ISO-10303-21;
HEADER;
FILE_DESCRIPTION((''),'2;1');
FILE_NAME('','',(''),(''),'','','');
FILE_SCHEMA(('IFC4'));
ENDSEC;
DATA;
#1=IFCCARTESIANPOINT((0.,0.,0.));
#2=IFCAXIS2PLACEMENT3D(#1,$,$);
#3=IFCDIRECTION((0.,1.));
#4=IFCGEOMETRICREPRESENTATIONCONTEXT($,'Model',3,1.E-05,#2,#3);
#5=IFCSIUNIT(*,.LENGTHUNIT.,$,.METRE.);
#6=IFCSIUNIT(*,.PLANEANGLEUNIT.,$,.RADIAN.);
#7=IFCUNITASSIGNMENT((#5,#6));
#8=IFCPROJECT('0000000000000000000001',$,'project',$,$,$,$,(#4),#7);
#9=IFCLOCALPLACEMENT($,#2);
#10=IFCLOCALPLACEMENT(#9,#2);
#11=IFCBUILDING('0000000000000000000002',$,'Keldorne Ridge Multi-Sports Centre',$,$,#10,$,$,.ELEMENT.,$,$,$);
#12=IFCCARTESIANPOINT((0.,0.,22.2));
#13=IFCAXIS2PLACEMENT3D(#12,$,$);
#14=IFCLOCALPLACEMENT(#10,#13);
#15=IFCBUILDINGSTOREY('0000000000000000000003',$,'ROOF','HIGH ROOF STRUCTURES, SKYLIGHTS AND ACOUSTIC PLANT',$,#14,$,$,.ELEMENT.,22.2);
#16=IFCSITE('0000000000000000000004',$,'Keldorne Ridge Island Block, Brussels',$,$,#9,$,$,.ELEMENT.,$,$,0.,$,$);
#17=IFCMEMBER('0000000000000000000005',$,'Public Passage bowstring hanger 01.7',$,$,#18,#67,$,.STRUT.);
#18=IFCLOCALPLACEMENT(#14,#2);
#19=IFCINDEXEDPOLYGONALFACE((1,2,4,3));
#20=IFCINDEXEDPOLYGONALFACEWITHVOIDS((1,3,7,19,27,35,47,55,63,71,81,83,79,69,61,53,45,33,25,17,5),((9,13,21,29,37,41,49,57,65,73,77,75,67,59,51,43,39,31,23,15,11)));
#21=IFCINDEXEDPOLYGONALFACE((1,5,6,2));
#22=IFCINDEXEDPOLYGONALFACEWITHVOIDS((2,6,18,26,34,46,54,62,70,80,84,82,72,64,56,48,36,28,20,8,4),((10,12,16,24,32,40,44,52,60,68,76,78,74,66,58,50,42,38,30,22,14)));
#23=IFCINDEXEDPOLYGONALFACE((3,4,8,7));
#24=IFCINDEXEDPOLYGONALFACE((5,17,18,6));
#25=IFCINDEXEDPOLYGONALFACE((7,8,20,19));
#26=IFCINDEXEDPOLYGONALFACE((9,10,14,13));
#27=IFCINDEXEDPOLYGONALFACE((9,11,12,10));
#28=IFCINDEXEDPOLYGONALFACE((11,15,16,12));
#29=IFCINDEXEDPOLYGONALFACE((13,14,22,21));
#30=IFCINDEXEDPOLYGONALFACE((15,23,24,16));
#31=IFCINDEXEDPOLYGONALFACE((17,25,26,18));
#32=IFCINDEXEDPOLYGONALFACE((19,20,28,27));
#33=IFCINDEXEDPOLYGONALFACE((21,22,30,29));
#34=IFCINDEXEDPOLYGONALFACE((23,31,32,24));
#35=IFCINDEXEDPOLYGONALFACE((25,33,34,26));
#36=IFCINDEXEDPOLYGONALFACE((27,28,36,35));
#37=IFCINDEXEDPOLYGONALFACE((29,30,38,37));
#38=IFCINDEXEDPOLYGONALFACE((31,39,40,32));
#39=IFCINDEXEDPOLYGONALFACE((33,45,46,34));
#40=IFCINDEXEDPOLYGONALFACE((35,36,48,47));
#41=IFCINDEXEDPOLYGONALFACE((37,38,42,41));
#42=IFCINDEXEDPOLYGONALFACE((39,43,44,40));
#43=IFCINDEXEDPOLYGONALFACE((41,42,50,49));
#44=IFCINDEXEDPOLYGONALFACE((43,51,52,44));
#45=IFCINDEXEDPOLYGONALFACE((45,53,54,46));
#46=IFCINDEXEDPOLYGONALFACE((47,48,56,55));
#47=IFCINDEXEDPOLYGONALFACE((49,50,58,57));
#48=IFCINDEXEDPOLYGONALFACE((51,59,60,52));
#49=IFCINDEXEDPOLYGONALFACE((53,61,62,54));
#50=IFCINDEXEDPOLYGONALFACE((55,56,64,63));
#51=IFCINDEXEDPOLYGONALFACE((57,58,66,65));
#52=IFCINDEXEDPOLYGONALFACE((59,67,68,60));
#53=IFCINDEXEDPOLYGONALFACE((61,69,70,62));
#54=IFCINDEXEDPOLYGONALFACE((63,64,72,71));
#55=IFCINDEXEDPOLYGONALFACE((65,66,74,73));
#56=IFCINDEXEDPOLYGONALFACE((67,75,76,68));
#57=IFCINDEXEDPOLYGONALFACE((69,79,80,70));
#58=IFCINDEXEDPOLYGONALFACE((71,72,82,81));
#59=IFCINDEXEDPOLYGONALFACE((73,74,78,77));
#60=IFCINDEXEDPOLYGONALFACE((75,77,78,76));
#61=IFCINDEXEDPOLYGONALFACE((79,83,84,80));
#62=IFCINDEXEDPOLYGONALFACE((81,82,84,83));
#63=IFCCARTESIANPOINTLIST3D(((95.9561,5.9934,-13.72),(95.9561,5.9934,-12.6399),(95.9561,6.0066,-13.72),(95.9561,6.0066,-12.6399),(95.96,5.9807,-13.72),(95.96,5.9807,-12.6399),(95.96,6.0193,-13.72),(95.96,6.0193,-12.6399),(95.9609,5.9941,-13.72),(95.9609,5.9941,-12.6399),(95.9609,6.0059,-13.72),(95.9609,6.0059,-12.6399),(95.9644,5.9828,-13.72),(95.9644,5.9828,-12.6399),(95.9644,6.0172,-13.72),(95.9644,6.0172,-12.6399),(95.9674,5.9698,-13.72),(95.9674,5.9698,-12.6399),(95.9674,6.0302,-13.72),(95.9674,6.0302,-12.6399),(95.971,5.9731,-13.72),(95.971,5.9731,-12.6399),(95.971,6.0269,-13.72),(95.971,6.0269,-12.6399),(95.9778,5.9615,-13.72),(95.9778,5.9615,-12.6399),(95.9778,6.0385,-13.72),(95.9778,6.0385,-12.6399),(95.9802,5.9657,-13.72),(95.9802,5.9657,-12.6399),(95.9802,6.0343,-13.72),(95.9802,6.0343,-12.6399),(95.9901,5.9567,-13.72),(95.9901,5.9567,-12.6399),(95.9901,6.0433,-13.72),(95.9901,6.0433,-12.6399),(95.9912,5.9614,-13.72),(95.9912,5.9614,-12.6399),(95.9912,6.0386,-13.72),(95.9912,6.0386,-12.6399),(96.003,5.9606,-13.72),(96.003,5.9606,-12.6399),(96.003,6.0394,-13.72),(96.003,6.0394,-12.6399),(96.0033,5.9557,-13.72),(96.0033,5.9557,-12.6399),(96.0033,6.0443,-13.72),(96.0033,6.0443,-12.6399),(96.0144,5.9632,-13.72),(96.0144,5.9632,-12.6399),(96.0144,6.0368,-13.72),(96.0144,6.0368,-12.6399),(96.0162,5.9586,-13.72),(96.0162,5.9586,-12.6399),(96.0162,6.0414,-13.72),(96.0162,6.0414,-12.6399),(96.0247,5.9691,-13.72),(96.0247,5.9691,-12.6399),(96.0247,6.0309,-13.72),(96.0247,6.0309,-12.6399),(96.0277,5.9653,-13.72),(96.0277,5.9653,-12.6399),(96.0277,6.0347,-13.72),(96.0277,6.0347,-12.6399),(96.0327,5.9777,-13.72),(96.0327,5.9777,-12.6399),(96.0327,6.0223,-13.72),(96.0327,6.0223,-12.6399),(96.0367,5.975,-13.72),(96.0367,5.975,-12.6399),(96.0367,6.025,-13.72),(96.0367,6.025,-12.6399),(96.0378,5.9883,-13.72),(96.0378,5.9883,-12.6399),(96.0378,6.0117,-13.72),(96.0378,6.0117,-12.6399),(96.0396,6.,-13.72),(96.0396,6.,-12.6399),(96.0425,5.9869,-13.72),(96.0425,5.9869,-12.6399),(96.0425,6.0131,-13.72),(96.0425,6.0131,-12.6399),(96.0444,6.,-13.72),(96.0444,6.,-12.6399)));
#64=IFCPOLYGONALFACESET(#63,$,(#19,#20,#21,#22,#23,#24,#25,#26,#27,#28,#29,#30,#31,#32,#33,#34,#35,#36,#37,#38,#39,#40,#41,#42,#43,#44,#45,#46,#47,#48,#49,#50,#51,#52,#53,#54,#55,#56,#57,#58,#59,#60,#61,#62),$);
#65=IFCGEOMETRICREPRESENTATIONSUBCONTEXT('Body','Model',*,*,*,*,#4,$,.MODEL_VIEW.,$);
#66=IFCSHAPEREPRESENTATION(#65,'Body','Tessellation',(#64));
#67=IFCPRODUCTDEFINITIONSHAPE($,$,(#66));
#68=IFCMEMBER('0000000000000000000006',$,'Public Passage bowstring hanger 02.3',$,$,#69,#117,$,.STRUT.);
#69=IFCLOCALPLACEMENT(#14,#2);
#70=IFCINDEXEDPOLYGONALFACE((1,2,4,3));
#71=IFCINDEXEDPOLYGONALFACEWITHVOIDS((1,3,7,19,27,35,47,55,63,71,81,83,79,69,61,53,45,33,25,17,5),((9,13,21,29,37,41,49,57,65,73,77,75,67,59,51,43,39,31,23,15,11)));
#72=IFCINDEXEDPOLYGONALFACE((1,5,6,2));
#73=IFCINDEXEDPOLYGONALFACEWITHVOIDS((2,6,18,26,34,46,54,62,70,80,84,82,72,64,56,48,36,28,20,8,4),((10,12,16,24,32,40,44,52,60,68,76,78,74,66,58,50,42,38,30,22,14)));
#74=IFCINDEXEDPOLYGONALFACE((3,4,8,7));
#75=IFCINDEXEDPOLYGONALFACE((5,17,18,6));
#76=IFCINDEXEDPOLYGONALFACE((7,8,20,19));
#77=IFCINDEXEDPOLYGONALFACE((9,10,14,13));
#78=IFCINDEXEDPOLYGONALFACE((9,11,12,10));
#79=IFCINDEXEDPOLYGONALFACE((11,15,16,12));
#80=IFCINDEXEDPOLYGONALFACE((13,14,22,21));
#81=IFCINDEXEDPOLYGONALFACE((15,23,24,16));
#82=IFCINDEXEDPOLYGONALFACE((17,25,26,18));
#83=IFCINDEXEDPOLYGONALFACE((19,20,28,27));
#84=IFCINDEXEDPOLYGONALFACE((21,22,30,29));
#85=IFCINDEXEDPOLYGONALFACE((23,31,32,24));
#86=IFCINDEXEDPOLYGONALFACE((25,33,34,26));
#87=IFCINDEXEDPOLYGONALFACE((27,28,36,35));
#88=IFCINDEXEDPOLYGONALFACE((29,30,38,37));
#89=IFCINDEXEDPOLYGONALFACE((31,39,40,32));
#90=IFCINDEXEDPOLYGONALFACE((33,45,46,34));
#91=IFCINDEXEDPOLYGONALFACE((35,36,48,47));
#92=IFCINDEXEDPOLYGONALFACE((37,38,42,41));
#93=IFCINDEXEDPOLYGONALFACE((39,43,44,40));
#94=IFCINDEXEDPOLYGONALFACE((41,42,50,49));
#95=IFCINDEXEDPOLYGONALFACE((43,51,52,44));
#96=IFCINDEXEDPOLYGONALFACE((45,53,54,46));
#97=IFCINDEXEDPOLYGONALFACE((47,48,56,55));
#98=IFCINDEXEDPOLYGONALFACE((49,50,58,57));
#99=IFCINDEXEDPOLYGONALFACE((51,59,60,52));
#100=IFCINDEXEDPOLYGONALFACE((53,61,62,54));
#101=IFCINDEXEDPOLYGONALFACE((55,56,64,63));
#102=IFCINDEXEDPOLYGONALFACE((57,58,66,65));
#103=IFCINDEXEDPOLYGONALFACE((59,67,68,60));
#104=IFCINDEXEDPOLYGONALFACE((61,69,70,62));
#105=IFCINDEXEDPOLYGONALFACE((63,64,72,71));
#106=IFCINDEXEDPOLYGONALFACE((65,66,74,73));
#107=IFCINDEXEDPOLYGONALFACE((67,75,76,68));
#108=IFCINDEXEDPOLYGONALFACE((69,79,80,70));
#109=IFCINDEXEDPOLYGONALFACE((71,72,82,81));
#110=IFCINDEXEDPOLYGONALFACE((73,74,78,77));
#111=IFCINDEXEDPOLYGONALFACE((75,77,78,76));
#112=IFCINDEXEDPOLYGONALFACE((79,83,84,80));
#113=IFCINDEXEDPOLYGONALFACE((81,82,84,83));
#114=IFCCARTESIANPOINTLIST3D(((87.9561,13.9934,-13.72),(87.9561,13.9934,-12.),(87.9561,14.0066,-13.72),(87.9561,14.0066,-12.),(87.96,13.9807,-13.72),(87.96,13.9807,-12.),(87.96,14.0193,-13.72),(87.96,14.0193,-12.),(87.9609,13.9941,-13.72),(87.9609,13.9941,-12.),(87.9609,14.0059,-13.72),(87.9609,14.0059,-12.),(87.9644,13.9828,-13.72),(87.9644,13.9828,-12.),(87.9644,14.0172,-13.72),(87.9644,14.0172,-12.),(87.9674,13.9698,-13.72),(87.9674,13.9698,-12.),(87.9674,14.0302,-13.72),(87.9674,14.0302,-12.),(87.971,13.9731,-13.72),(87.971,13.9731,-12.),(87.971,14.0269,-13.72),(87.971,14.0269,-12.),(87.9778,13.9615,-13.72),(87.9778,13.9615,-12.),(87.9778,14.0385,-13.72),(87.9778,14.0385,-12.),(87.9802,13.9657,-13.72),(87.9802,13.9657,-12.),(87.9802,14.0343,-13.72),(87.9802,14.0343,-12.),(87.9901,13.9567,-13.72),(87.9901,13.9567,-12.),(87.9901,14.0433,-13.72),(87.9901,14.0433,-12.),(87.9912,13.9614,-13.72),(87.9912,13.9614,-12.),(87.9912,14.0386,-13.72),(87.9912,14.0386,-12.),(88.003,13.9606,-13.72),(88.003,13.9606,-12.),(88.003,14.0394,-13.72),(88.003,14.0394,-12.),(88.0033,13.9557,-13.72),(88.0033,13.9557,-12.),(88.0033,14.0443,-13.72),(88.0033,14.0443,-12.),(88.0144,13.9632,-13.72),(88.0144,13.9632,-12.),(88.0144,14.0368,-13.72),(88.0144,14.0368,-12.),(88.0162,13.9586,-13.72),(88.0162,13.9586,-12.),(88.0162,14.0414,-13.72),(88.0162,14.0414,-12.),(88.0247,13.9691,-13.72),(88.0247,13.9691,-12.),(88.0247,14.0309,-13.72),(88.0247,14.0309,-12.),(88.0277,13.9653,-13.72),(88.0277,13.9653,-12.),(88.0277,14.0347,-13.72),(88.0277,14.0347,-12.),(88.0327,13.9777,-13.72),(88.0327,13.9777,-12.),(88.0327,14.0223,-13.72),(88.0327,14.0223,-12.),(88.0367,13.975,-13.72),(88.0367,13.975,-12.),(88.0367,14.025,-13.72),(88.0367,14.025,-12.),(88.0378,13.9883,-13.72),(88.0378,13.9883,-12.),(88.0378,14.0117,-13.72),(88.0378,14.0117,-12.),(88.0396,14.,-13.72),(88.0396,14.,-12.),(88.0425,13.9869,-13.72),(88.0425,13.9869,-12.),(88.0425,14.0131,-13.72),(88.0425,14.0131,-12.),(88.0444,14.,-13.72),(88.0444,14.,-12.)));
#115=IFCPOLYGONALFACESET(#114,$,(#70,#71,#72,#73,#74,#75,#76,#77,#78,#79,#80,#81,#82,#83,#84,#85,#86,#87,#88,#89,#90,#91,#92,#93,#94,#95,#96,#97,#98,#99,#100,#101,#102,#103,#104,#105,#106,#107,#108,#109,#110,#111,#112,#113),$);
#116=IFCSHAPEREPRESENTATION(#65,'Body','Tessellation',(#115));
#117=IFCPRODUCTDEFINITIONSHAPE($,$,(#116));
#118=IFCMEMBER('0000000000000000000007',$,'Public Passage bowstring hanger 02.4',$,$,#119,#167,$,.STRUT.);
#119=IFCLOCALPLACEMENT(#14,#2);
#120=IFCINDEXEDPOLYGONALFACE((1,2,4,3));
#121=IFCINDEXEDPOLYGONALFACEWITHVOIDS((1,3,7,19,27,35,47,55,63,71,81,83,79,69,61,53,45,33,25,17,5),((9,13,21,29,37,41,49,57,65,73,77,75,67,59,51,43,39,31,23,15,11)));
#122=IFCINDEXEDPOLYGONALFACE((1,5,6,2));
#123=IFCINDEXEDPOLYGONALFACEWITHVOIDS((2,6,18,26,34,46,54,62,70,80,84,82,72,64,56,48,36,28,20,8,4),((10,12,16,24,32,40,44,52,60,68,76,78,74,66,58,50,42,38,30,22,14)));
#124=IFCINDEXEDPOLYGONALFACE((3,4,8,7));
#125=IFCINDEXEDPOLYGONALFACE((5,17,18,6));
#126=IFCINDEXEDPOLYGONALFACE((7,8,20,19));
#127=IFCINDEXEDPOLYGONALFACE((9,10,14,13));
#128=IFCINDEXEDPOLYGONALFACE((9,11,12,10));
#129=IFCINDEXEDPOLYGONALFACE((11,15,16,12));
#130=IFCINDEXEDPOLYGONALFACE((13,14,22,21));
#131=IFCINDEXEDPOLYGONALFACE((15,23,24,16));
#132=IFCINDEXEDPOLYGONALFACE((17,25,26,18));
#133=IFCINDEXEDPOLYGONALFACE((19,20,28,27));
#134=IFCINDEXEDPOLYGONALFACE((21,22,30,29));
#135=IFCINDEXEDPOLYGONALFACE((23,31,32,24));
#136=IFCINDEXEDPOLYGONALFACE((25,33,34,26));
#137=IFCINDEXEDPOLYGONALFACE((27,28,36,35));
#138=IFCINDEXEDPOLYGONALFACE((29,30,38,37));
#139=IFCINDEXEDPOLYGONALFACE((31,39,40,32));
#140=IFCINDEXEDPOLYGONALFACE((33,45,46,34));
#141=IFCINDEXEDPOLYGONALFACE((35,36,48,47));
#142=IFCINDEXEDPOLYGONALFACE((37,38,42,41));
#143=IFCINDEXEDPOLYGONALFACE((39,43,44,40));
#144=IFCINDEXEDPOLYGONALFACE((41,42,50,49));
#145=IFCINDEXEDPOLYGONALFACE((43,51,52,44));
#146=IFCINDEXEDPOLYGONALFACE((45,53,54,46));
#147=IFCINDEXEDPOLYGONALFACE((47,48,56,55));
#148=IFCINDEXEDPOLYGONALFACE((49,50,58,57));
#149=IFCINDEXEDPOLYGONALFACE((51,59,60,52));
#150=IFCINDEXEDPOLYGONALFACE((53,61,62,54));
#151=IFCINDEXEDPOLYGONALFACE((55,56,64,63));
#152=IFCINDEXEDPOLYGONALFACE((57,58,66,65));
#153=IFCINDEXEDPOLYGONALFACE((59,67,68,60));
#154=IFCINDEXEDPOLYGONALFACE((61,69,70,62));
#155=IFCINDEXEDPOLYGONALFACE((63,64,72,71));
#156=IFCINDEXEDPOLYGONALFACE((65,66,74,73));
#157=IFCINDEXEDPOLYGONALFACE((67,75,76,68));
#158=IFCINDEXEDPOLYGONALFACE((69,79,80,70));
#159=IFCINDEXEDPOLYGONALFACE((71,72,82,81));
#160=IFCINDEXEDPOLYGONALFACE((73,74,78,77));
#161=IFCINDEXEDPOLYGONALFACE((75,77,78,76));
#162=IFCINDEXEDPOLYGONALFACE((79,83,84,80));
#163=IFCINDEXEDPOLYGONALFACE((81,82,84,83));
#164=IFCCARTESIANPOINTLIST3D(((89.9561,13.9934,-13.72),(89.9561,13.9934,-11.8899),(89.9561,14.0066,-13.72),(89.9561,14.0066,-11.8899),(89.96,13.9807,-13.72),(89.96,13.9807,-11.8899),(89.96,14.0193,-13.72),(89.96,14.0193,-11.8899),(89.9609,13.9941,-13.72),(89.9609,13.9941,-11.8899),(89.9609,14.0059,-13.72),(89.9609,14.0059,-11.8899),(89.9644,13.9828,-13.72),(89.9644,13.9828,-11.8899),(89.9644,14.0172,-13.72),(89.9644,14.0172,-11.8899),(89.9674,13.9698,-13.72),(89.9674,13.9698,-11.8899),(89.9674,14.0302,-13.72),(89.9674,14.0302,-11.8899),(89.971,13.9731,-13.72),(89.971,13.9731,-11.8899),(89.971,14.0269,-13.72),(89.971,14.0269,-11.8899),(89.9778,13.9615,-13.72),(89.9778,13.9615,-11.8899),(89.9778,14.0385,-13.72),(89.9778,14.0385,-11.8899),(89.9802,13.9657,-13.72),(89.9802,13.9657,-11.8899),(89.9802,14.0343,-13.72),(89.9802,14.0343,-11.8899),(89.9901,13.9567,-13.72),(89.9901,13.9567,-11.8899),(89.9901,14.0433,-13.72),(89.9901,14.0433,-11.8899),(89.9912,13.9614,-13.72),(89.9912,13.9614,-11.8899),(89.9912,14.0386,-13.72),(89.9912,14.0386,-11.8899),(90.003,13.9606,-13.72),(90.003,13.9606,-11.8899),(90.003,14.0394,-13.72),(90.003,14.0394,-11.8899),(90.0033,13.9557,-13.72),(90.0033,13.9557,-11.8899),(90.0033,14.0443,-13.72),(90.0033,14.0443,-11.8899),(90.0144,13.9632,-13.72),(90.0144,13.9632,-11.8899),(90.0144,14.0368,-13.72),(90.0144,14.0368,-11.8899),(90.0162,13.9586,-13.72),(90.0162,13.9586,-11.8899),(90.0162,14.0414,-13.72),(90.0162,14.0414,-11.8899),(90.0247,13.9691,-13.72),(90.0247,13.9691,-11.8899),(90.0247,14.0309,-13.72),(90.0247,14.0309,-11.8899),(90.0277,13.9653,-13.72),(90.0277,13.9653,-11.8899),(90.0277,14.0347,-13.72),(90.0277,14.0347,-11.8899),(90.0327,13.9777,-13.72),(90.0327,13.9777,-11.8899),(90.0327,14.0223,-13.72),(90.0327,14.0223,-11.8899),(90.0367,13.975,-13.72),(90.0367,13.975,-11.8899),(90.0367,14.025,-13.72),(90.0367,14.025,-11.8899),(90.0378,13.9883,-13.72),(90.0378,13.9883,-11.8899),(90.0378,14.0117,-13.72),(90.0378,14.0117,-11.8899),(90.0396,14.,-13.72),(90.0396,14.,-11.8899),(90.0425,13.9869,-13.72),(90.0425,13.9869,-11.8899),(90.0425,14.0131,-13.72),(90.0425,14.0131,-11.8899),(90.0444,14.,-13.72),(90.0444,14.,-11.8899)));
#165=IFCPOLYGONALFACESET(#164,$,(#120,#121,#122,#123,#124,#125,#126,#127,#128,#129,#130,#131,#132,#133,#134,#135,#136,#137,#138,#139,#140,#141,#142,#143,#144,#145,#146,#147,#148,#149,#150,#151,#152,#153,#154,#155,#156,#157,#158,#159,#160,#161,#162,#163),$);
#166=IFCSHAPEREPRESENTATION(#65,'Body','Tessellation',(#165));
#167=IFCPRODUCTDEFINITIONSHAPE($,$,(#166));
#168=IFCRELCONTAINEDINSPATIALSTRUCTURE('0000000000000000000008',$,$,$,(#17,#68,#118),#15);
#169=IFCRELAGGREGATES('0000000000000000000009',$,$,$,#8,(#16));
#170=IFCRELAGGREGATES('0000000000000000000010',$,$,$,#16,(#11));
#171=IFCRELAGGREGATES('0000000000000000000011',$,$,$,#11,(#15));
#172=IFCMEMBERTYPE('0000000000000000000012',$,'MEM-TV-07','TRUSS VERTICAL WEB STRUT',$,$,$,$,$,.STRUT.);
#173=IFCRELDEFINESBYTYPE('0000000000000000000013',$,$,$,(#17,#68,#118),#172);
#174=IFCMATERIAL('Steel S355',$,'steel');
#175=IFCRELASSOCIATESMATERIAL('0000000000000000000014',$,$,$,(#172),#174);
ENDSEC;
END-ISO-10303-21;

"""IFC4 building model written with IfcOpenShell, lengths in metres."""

from ifc_helpers import new_model, si_unit, direction, frame, origin, origin_2d, place, context, subcontext, project, spatial, hollow_circle, extrude, material, material_profile, profile_set, type_object, element, save


model = new_model("IFC4")

# Units and contexts
model_context = context("Model", 3, precision=1e-05, world=origin(), true_north=direction((0.0, 1.0)))
body_context = subcontext(model_context, "Body", "Model", "MODEL_VIEW")
ifc_project = project(units=[si_unit("LENGTHUNIT", "METRE"), si_unit("PLANEANGLEUNIT", "RADIAN")], contexts=[model_context])

# Site, building, storey
site_placement = place(None, origin())
site = spatial("IfcSite", under=ifc_project, at=site_placement, Name="Keldorne Ridge Island Block, Brussels", CompositionType="ELEMENT", RefElevation=0.0)
building_placement = place(site_placement, origin())
building = spatial("IfcBuilding", under=site, at=building_placement, Name="Keldorne Ridge Multi-Sports Centre", CompositionType="ELEMENT")
storey_placement = place(building_placement, frame((0.0, 0.0, 22.2)))
storey = spatial("IfcBuildingStorey", under=building, at=storey_placement, Name="ROOF", Description="HIGH ROOF STRUCTURES, SKYLIGHTS AND ACOUSTIC PLANT", CompositionType="ELEMENT", Elevation=22.2)

# Members
ifc_material = material(Name="Steel S355", Category="steel")
ifc_material_profile_1 = material_profile(ifc_material, hollow_circle(Radius=0.0444, WallThickness=0.0049, at=origin_2d()), Name="CHS 88.9x5")
ifc_profile_set_1 = profile_set([ifc_material_profile_1], Name="Steel S355")
member_type_1 = type_object("IfcMemberType", Name="MEM-TV-07", Description="TRUSS VERTICAL WEB STRUT", PredefinedType="STRUT", material=ifc_profile_set_1)
member_1_placement = place(storey_placement, frame((96.0, 6.0, -13.72), z_axis=(0.0, 0.0, 1.0), x_axis=(1.0, 0.0, 0.0)))
element("IfcMember", 1, at=member_1_placement, inside=storey, type_object=member_type_1, Name="Public Passage bowstring hanger 01.7", PredefinedType="STRUT", context=body_context, shape_type="SweptSolid", body=[
    extrude(hollow_circle(Radius=0.0444, WallThickness=0.0049, at=origin_2d()), origin(), (0.0, 0.0, 1.0), 1.0801),
])
member_2_placement = place(storey_placement, frame((88.0, 14.0, -13.72), z_axis=(0.0, 0.0, 1.0), x_axis=(1.0, 0.0, 0.0)))
element("IfcMember", 2, at=member_2_placement, inside=storey, type_object=member_type_1, Name="Public Passage bowstring hanger 02.3", PredefinedType="STRUT", context=body_context, shape_type="SweptSolid", body=[
    extrude(hollow_circle(Radius=0.0444, WallThickness=0.0049, at=origin_2d()), origin(), (0.0, 0.0, 1.0), 1.72),
])
member_3_placement = place(storey_placement, frame((90.0, 14.0, -13.72), z_axis=(0.0, 0.0, 1.0), x_axis=(1.0, 0.0, 0.0)))
element("IfcMember", 3, at=member_3_placement, inside=storey, type_object=member_type_1, Name="Public Passage bowstring hanger 02.4", PredefinedType="STRUT", context=body_context, shape_type="SweptSolid", body=[
    extrude(hollow_circle(Radius=0.0444, WallThickness=0.0049, at=origin_2d()), origin(), (0.0, 0.0, 1.0), 1.8301),
])

save(model, "model.ifc")
